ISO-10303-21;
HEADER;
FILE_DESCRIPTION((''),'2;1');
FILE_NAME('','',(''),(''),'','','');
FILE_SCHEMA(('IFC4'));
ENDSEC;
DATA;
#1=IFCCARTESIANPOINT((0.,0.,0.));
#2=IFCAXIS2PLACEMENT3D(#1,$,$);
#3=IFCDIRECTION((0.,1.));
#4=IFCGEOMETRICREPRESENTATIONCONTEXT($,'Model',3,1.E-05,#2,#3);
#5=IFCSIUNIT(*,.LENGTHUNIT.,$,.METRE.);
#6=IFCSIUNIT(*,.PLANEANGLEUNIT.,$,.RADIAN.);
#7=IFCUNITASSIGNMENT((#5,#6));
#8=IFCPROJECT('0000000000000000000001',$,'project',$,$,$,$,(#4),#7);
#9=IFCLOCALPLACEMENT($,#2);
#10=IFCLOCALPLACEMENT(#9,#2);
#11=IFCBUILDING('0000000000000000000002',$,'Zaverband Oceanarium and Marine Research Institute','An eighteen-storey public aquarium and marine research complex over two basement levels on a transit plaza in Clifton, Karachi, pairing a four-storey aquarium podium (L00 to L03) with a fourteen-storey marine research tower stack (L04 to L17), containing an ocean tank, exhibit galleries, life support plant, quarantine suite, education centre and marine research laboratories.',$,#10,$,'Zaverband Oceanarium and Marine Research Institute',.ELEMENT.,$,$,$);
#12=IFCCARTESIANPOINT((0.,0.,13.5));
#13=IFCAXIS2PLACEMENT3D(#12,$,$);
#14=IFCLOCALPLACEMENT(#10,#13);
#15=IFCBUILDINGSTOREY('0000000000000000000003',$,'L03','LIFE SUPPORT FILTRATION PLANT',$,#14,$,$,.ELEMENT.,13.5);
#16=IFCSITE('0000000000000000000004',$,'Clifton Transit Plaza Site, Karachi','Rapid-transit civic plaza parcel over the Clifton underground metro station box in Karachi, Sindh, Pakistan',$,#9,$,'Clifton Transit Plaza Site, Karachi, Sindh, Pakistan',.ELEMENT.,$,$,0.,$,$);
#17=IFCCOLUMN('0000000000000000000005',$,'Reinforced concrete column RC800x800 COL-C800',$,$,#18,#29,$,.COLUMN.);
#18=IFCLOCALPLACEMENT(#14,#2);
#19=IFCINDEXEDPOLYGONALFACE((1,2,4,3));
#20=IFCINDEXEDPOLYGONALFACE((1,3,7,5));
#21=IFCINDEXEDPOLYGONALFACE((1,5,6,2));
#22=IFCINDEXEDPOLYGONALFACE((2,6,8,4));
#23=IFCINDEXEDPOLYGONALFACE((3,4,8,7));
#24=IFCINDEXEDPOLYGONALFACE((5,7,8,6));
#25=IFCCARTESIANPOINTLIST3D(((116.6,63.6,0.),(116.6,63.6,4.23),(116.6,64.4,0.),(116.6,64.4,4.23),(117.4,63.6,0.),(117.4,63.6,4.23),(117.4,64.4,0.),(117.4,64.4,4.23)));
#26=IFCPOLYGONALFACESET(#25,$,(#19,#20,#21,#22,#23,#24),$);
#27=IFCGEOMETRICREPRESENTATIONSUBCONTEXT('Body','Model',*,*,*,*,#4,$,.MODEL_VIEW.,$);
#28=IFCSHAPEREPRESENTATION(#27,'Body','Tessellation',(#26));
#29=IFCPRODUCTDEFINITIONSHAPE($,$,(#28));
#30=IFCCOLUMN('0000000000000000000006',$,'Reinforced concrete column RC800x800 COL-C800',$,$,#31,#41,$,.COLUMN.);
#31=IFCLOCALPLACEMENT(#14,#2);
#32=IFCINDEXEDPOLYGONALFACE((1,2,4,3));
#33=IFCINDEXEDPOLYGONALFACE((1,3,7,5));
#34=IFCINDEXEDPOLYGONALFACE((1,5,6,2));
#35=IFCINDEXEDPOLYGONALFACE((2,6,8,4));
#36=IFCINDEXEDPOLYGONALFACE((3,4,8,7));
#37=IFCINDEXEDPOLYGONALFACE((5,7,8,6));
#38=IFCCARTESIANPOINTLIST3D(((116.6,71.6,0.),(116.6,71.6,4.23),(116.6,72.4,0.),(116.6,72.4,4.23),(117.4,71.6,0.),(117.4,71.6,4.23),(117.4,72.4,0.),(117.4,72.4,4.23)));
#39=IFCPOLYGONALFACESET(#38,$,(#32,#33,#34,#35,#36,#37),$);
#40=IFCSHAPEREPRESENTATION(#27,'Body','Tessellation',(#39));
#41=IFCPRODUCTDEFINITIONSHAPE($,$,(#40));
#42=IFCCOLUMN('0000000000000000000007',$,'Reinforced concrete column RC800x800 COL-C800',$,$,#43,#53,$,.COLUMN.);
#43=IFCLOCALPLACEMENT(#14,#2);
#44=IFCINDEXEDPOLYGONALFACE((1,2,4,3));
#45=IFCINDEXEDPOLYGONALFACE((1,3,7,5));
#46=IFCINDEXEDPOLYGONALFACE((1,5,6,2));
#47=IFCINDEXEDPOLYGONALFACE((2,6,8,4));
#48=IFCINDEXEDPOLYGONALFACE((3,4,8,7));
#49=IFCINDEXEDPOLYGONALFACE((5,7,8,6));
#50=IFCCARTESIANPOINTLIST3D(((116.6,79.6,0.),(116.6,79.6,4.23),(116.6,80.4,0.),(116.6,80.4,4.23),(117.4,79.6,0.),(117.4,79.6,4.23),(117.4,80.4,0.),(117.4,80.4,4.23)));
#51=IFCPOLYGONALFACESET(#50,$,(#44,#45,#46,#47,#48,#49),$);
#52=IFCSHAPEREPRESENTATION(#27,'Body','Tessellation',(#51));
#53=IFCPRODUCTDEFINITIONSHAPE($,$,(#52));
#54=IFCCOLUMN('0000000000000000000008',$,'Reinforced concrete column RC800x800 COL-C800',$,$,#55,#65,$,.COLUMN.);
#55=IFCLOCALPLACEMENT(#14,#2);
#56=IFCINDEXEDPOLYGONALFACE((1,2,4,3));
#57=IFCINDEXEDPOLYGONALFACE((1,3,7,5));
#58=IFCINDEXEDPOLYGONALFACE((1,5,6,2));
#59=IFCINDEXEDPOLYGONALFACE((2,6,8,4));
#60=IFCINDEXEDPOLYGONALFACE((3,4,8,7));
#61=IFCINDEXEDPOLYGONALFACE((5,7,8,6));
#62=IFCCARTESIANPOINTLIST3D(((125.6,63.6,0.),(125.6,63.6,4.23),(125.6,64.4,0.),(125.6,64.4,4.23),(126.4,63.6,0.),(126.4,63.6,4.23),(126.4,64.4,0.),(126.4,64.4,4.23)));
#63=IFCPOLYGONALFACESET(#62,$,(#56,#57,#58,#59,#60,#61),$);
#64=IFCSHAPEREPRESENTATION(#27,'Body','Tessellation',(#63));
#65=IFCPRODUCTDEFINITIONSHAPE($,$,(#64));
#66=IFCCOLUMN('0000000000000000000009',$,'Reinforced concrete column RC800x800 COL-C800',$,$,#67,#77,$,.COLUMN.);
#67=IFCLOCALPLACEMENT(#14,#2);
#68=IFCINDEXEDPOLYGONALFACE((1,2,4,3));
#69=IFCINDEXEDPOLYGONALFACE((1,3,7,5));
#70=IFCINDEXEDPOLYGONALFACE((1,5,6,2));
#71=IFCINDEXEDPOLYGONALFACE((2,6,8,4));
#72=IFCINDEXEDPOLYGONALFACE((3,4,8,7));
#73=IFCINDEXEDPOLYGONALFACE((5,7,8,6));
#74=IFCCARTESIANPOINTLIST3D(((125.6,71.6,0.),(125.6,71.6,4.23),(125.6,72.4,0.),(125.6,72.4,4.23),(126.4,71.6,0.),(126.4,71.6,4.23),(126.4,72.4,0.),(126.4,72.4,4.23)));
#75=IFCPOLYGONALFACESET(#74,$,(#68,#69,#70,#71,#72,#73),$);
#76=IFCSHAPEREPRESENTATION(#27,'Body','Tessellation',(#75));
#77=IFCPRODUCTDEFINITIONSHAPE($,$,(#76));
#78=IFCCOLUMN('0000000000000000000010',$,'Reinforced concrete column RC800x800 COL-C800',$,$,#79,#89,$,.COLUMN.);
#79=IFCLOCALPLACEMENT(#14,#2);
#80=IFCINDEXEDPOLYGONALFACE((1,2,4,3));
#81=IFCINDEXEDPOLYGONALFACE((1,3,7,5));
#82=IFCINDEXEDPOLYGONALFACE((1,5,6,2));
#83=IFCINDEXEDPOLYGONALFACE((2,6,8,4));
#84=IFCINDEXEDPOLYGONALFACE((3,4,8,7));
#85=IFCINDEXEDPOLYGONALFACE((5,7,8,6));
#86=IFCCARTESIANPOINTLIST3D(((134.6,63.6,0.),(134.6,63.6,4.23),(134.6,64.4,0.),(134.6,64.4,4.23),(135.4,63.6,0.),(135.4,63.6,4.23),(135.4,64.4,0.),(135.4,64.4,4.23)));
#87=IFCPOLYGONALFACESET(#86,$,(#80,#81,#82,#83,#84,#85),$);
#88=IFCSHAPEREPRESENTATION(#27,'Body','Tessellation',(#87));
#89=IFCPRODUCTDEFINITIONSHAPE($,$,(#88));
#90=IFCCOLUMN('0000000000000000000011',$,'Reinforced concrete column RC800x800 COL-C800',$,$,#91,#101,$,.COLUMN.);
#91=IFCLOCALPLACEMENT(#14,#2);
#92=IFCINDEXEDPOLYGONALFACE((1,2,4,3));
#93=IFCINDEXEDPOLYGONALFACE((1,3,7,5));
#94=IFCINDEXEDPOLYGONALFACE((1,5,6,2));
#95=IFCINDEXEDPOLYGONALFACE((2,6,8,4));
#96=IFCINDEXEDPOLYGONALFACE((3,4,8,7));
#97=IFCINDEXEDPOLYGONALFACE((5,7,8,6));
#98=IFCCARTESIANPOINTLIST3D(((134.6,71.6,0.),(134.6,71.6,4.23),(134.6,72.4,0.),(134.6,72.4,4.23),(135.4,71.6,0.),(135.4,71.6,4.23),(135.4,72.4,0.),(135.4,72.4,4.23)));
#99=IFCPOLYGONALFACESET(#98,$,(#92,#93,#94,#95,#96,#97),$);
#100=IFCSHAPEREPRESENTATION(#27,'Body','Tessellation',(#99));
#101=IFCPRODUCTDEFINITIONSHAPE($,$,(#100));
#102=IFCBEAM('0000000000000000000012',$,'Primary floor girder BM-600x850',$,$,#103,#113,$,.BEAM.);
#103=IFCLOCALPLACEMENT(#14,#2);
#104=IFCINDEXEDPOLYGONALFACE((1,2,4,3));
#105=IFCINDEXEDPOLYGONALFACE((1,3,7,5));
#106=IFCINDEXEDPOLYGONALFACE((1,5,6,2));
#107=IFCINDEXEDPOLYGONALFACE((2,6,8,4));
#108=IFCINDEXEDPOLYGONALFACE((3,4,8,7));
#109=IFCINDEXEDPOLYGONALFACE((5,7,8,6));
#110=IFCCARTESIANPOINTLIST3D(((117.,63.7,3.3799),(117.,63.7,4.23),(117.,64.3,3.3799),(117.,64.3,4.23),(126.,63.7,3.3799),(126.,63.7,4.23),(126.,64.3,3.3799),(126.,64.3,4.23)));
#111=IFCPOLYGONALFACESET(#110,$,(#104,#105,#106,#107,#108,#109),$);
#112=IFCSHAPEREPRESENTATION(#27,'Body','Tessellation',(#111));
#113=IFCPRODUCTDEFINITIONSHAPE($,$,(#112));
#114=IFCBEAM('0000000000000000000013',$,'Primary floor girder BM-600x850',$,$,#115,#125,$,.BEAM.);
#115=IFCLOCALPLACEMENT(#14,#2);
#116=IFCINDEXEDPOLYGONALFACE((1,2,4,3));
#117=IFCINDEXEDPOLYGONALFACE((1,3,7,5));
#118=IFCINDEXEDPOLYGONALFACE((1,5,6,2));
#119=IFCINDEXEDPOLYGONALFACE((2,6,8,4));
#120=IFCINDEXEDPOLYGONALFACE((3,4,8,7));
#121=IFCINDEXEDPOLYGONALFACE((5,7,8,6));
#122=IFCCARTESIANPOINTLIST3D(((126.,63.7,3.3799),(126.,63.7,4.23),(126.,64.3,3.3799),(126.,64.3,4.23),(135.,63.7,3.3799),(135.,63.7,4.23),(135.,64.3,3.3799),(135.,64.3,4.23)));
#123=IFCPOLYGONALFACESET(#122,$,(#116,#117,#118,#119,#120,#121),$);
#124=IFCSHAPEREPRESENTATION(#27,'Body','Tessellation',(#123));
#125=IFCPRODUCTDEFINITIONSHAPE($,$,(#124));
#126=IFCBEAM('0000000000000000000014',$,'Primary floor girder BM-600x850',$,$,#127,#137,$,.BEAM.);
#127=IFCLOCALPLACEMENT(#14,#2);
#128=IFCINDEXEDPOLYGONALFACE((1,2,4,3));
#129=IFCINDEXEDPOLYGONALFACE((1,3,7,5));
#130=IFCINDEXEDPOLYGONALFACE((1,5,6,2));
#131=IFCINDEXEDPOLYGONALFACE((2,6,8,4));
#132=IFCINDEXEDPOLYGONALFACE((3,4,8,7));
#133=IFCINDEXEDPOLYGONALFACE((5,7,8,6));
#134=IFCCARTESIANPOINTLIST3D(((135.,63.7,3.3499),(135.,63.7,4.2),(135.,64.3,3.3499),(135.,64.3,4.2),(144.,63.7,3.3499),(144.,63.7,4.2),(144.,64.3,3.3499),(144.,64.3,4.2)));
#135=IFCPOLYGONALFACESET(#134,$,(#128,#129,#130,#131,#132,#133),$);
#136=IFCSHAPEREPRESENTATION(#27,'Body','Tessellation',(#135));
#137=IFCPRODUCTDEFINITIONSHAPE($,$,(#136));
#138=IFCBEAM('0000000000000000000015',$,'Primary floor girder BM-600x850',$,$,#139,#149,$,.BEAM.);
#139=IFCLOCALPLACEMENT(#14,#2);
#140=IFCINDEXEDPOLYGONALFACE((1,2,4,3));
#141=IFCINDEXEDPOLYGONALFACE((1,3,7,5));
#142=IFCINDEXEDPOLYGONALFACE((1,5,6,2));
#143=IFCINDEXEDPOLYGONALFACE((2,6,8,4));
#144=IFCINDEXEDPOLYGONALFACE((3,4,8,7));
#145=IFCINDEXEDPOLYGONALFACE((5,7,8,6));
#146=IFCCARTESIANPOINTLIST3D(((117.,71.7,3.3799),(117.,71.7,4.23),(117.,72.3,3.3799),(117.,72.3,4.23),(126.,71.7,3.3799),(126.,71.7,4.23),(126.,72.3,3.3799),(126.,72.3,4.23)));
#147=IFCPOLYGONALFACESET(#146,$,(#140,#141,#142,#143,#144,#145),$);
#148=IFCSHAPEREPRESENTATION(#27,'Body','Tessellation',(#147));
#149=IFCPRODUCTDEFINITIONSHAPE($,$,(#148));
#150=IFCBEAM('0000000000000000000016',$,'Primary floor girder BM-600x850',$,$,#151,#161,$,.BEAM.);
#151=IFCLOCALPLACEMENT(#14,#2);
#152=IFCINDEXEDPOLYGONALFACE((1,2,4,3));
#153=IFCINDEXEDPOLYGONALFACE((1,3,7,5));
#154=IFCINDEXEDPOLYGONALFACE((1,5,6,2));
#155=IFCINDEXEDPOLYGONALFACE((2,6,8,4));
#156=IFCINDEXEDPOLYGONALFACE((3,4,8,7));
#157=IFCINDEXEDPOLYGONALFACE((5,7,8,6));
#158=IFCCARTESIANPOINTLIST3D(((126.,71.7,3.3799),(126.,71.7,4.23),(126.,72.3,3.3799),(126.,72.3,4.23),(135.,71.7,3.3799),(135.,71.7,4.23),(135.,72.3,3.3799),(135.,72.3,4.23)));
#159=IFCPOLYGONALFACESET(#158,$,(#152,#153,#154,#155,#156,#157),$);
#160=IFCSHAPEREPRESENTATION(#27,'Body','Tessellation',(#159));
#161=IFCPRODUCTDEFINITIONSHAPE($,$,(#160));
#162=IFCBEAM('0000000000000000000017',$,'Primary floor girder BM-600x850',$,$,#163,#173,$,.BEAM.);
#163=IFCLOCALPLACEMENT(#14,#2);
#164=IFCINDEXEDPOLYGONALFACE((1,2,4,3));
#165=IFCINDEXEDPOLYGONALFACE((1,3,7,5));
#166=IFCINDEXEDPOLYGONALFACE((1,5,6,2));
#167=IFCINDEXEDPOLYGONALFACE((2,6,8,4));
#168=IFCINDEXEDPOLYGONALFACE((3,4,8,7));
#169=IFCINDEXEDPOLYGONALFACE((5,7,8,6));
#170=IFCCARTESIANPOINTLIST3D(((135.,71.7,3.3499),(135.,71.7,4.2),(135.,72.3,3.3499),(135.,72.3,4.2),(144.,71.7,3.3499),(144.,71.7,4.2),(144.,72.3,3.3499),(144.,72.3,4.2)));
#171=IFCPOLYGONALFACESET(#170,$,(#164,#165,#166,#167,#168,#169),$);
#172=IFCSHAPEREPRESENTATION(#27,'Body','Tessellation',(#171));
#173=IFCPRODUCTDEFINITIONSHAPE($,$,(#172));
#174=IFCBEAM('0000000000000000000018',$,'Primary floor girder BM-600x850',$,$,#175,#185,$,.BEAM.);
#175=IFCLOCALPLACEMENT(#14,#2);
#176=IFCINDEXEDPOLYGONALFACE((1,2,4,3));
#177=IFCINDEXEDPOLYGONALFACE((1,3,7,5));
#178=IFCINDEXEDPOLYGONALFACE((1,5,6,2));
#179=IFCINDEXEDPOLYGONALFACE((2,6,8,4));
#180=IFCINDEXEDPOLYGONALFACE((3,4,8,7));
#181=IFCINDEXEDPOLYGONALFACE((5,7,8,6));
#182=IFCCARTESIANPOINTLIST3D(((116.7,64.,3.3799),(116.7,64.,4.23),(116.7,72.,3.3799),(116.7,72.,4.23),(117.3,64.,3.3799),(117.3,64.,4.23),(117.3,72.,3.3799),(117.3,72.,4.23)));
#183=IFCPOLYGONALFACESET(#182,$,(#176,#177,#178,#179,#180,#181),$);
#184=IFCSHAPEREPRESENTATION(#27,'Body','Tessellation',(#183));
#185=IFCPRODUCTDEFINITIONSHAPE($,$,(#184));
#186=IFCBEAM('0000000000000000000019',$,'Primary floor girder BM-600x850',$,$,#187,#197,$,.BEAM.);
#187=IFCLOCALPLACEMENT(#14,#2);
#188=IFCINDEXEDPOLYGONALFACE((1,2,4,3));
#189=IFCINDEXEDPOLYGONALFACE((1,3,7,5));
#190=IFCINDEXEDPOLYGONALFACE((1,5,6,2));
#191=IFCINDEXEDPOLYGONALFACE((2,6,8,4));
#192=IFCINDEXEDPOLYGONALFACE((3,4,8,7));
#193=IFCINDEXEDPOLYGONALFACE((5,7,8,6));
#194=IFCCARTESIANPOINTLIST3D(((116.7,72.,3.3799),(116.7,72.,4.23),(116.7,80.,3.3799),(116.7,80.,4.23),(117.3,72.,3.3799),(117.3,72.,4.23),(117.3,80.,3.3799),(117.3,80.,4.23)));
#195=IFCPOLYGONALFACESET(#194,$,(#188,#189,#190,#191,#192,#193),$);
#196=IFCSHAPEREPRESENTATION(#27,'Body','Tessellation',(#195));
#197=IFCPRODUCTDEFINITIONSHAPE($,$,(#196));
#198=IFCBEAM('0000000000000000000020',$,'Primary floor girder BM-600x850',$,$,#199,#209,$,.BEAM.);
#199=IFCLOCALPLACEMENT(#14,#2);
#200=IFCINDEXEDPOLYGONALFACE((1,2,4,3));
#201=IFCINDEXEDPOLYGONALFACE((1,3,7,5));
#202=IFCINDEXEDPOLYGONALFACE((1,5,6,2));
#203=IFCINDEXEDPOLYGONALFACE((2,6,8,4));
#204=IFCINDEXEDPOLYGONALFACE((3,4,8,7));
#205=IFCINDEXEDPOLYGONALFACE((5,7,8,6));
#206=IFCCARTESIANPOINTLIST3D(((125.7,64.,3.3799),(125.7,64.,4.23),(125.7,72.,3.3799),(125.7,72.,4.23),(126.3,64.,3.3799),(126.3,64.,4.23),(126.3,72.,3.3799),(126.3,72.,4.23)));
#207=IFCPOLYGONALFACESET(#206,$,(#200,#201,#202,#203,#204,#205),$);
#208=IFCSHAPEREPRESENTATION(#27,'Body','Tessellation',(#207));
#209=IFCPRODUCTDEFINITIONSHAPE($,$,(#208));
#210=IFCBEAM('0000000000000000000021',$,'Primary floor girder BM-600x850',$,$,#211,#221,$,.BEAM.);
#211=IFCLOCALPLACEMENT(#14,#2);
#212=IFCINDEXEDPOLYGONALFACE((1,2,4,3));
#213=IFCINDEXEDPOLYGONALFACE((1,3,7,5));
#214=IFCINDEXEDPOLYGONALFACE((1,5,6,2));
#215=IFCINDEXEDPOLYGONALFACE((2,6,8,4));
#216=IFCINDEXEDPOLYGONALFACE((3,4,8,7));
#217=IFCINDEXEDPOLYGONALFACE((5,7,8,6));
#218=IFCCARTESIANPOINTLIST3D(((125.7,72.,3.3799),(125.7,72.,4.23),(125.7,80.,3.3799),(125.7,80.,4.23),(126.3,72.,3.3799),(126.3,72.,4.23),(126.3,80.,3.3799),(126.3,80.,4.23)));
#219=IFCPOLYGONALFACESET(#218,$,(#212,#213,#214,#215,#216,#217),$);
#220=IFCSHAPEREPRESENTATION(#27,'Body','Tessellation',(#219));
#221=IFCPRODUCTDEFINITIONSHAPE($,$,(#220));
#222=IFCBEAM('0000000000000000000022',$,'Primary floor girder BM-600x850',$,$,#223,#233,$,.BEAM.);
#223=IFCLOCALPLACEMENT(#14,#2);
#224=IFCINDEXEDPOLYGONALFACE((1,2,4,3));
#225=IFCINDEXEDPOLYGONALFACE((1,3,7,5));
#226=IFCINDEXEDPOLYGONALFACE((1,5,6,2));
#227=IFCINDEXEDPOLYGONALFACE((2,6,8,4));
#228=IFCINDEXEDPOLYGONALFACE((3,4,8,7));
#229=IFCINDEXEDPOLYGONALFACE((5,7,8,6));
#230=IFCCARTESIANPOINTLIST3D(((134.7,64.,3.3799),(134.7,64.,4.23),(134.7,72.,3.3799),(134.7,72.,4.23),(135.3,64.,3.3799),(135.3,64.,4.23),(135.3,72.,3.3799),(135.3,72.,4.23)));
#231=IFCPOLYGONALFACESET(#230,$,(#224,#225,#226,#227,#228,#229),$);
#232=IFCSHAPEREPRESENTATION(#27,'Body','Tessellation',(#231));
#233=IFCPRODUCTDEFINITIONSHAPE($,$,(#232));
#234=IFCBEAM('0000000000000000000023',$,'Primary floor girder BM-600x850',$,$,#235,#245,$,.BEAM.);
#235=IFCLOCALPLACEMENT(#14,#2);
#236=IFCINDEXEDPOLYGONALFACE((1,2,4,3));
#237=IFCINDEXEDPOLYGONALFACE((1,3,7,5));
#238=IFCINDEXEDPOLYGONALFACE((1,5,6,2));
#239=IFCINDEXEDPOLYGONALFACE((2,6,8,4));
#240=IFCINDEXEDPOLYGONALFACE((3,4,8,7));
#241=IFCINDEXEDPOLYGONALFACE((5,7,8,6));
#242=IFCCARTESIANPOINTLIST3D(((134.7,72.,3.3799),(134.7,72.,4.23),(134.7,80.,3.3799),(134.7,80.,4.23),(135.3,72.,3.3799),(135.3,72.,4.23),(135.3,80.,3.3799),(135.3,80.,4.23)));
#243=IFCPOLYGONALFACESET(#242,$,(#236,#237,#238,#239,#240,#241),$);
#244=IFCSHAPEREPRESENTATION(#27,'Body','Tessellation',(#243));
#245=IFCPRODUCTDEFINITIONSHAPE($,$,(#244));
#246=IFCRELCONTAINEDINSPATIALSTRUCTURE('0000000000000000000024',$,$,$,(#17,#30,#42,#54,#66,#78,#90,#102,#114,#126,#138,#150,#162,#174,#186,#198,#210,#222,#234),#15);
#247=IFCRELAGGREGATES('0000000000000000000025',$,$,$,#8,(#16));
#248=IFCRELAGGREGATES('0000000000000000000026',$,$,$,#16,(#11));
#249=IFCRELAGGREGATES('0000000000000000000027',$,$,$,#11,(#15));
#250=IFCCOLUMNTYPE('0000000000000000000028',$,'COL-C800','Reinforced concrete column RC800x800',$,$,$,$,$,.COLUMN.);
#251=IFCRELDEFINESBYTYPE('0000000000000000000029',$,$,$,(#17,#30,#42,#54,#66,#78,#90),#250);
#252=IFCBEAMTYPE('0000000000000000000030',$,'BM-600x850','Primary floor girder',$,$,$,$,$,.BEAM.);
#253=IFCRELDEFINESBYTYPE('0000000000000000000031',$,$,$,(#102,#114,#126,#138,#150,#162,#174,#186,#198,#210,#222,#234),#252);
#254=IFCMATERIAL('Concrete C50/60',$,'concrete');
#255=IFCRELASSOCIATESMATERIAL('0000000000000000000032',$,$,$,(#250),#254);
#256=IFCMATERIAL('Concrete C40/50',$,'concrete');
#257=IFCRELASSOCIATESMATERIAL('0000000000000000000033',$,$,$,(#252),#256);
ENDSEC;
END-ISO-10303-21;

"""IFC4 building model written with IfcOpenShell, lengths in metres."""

from ifc_helpers import new_model, si_unit, direction, frame, origin, origin_2d, place, context, subcontext, project, spatial, rectangle, extrude, material, material_profile, profile_set, type_object, element, save


model = new_model("IFC4")

# Units and contexts
model_context = context("Model", 3, precision=1e-05, world=origin(), true_north=direction((0.0, 1.0)))
body_context = subcontext(model_context, "Body", "Model", "MODEL_VIEW")
ifc_project = project(units=[si_unit("LENGTHUNIT", "METRE"), si_unit("PLANEANGLEUNIT", "RADIAN")], contexts=[model_context])

# Site, building, storey
site_placement = place(None, origin())
site = spatial("IfcSite", under=ifc_project, at=site_placement, Name="Clifton Transit Plaza Site, Karachi", Description="Rapid-transit civic plaza parcel over the Clifton underground metro station box in Karachi, Sindh, Pakistan", LongName="Clifton Transit Plaza Site, Karachi, Sindh, Pakistan", CompositionType="ELEMENT", RefElevation=0.0)
building_placement = place(site_placement, origin())
building = spatial("IfcBuilding", under=site, at=building_placement, Name="Zaverband Oceanarium and Marine Research Institute", Description="An eighteen-storey public aquarium and marine research complex over two basement levels on a transit plaza in Clifton, Karachi, pairing a four-storey aquarium podium (L00 to L03) with a fourteen-storey marine research tower stack (L04 to L17), containing an ocean tank, exhibit galleries, life support plant, quarantine suite, education centre and marine research laboratories.", LongName="Zaverband Oceanarium and Marine Research Institute", CompositionType="ELEMENT")
storey_placement = place(building_placement, frame((0.0, 0.0, 13.5)))
storey = spatial("IfcBuildingStorey", under=building, at=storey_placement, Name="L03", Description="LIFE SUPPORT FILTRATION PLANT", CompositionType="ELEMENT", Elevation=13.5)

# Columns
ifc_material_1 = material(Name="Concrete C50/60", Category="concrete")
ifc_material_profile_1 = material_profile(ifc_material_1, rectangle(XDim=0.8, YDim=0.8, at=origin_2d()), Name="RC800x800")
ifc_profile_set_1 = profile_set([ifc_material_profile_1], Name="Concrete C50/60")
column_type = type_object("IfcColumnType", Name="COL-C800", Description="Reinforced concrete column RC800x800", PredefinedType="COLUMN", material=ifc_profile_set_1)
for number, where, z_axis, x_axis, name in (
    (1, (117.0, 64.0, 0.0), (0.0, 0.0, 1.0), (1.0, 0.0, 0.0), "Reinforced concrete column RC800x800 COL-C800"),
    (2, (117.0, 72.0, 0.0), (0.0, 0.0, 1.0), (1.0, 0.0, 0.0), "Reinforced concrete column RC800x800 COL-C800"),
    (3, (117.0, 80.0, 0.0), (0.0, 0.0, 1.0), (1.0, 0.0, 0.0), "Reinforced concrete column RC800x800 COL-C800"),
    (4, (126.0, 64.0, 0.0), (0.0, 0.0, 1.0), (1.0, 0.0, 0.0), "Reinforced concrete column RC800x800 COL-C800"),
    (5, (126.0, 72.0, 0.0), (0.0, 0.0, 1.0), (1.0, 0.0, 0.0), "Reinforced concrete column RC800x800 COL-C800"),
    (6, (135.0, 64.0, 0.0), (0.0, 0.0, 1.0), (1.0, 0.0, 0.0), "Reinforced concrete column RC800x800 COL-C800"),
    (7, (135.0, 72.0, 0.0), (0.0, 0.0, 1.0), (1.0, 0.0, 0.0), "Reinforced concrete column RC800x800 COL-C800"),
):
    element("IfcColumn", number, at=place(storey_placement, frame(where, z_axis=z_axis, x_axis=x_axis)), inside=storey, type_object=column_type, Name=name, PredefinedType="COLUMN", context=body_context, shape_type="SweptSolid", body=[
        extrude(rectangle(XDim=0.8, YDim=0.8, at=origin_2d()), origin(), (0.0, 0.0, 1.0), 4.23),
    ])

# Beams
ifc_material_2 = material(Name="Concrete C40/50", Category="concrete")
ifc_material_profile_2 = material_profile(ifc_material_2, rectangle(XDim=0.6001, YDim=0.8501, at=origin_2d()), Name="RC600x850")
ifc_profile_set_2 = profile_set([ifc_material_profile_2], Name="Concrete C40/50")
beam_type_1 = type_object("IfcBeamType", Name="BM-600x850", Description="Primary floor girder", PredefinedType="BEAM", material=ifc_profile_set_2)
for number, where, z_axis, x_axis, name in (
    (8, (117.0, 64.0, 3.8049), (1.0, 0.0, 0.0), (0.0, 1.0, 0.0), "Primary floor girder BM-600x850"),
    (9, (126.0, 64.0, 3.8049), (1.0, 0.0, 0.0), (0.0, 1.0, 0.0), "Primary floor girder BM-600x850"),
    (10, (135.0, 64.0, 3.7749), (1.0, 0.0, 0.0), (0.0, 1.0, 0.0), "Primary floor girder BM-600x850"),
    (11, (117.0, 72.0, 3.8049), (1.0, 0.0, 0.0), (0.0, 1.0, 0.0), "Primary floor girder BM-600x850"),
    (12, (126.0, 72.0, 3.8049), (1.0, 0.0, 0.0), (0.0, 1.0, 0.0), "Primary floor girder BM-600x850"),
    (13, (135.0, 72.0, 3.7749), (1.0, 0.0, 0.0), (0.0, 1.0, 0.0), "Primary floor girder BM-600x850"),
):
    element("IfcBeam", number, at=place(storey_placement, frame(where, z_axis=z_axis, x_axis=x_axis)), inside=storey, type_object=beam_type_1, Name=name, PredefinedType="BEAM", context=body_context, shape_type="SweptSolid", body=[
        extrude(rectangle(XDim=0.6001, YDim=0.8501, at=origin_2d()), origin(), (0.0, 0.0, 1.0), 9.0),
    ])
for number, where, z_axis, x_axis, name in (
    (14, (117.0, 64.0, 3.8049), (0.0, 1.0, 0.0), (-1.0, 0.0, 0.0), "Primary floor girder BM-600x850"),
    (15, (117.0, 72.0, 3.8049), (0.0, 1.0, 0.0), (-1.0, 0.0, 0.0), "Primary floor girder BM-600x850"),
    (16, (126.0, 64.0, 3.8049), (0.0, 1.0, 0.0), (-1.0, 0.0, 0.0), "Primary floor girder BM-600x850"),
    (17, (126.0, 72.0, 3.8049), (0.0, 1.0, 0.0), (-1.0, 0.0, 0.0), "Primary floor girder BM-600x850"),
    (18, (135.0, 64.0, 3.8049), (0.0, 1.0, 0.0), (-1.0, 0.0, 0.0), "Primary floor girder BM-600x850"),
    (19, (135.0, 72.0, 3.8049), (0.0, 1.0, 0.0), (-1.0, 0.0, 0.0), "Primary floor girder BM-600x850"),
):
    element("IfcBeam", number, at=place(storey_placement, frame(where, z_axis=z_axis, x_axis=x_axis)), inside=storey, type_object=beam_type_1, Name=name, PredefinedType="BEAM", context=body_context, shape_type="SweptSolid", body=[
        extrude(rectangle(XDim=0.6001, YDim=0.8501, at=origin_2d()), origin(), (0.0, 0.0, 1.0), 8.0),
    ])

save(model, "model.ifc")
